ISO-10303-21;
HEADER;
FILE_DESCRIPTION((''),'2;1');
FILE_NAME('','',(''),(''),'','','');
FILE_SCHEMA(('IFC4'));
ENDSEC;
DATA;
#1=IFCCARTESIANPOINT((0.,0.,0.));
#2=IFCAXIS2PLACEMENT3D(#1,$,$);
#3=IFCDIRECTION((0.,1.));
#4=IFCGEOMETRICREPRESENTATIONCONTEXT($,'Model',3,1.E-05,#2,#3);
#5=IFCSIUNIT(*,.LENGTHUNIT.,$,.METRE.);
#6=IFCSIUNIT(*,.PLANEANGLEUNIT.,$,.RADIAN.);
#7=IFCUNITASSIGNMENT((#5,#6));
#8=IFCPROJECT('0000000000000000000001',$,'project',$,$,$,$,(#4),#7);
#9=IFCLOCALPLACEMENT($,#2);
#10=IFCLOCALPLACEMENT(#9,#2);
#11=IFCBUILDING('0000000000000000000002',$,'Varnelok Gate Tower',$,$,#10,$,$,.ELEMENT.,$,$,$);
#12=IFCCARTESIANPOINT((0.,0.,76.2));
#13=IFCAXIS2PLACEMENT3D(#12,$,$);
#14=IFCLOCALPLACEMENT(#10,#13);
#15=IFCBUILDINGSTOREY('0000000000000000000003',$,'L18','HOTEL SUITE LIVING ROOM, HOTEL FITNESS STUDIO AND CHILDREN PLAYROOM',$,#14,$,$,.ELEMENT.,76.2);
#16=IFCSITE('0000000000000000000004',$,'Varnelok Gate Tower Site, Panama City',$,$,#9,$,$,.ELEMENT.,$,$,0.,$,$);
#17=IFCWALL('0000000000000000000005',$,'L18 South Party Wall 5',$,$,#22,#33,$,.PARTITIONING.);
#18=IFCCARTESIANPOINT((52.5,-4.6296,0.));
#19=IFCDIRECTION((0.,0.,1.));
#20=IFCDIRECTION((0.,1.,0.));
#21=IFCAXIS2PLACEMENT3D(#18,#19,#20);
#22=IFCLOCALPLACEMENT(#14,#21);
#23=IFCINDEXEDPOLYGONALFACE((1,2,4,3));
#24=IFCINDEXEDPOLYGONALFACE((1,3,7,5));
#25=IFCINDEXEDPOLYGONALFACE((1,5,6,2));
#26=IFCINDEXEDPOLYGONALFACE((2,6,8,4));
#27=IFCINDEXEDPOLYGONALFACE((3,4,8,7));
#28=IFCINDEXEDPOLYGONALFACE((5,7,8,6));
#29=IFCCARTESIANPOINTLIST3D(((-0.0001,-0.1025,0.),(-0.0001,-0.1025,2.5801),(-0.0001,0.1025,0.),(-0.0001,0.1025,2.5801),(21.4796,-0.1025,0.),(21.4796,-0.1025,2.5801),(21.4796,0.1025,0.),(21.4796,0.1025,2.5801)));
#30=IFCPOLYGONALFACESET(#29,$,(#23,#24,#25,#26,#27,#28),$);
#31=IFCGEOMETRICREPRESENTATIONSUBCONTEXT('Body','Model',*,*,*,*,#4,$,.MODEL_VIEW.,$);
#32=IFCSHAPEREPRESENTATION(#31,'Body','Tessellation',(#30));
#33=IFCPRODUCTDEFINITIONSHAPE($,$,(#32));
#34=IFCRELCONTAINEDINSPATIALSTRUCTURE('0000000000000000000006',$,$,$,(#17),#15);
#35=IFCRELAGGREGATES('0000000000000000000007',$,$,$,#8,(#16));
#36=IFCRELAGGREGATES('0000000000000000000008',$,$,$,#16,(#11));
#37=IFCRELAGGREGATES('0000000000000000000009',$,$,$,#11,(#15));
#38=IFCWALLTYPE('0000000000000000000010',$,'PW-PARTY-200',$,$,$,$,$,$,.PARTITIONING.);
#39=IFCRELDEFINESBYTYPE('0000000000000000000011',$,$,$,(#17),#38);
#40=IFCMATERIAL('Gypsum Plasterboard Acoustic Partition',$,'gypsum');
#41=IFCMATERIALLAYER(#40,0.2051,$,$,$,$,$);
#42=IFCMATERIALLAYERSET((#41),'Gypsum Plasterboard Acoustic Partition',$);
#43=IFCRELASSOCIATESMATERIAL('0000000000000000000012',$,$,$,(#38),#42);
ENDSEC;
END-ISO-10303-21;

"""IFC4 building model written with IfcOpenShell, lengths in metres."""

from ifc_helpers import new_model, si_unit, direction, frame, frame_2d, origin, place, context, subcontext, project, spatial, rectangle, extrude, material, layer, layer_set, type_object, element, save


model = new_model("IFC4")

# Units and contexts
model_context = context("Model", 3, precision=1e-05, world=origin(), true_north=direction((0.0, 1.0)))
body_context = subcontext(model_context, "Body", "Model", "MODEL_VIEW")
ifc_project = project(units=[si_unit("LENGTHUNIT", "METRE"), si_unit("PLANEANGLEUNIT", "RADIAN")], contexts=[model_context])

# Site, building, storey
site_placement = place(None, origin())
site = spatial("IfcSite", under=ifc_project, at=site_placement, Name="Varnelok Gate Tower Site, Panama City", CompositionType="ELEMENT", RefElevation=0.0)
building_placement = place(site_placement, origin())
building = spatial("IfcBuilding", under=site, at=building_placement, Name="Varnelok Gate Tower", CompositionType="ELEMENT")
storey_placement = place(building_placement, frame((0.0, 0.0, 76.2)))
storey = spatial("IfcBuildingStorey", under=building, at=storey_placement, Name="L18", Description="HOTEL SUITE LIVING ROOM, HOTEL FITNESS STUDIO AND CHILDREN PLAYROOM", CompositionType="ELEMENT", Elevation=76.2)

# Shared definitions
ifc_material_1 = material(Name="Gypsum Plasterboard Acoustic Partition", Category="gypsum")

# Wall
ifc_layer_1 = layer(ifc_material_1, 0.2051)
ifc_layer_set_1 = layer_set([ifc_layer_1], Name="Gypsum Plasterboard Acoustic Partition")
wall_type_1 = type_object("IfcWallType", Name="PW-PARTY-200", PredefinedType="PARTITIONING", material=ifc_layer_set_1)
wall_1_placement = place(storey_placement, frame((52.5, -4.6296, 0.0), z_axis=(0.0, 0.0, 1.0), x_axis=(0.0, 1.0, 0.0)))
element("IfcWall", 1, at=wall_1_placement, inside=storey, type_object=wall_type_1, Name="L18 South Party Wall 5", PredefinedType="PARTITIONING", context=body_context, shape_type="SweptSolid", body=[
    extrude(rectangle(XDim=21.4797, YDim=0.2051, at=frame_2d((10.7397, 0.0))), origin(), (0.0, 0.0, 1.0), 2.5801),
])

save(model, "model.ifc")
